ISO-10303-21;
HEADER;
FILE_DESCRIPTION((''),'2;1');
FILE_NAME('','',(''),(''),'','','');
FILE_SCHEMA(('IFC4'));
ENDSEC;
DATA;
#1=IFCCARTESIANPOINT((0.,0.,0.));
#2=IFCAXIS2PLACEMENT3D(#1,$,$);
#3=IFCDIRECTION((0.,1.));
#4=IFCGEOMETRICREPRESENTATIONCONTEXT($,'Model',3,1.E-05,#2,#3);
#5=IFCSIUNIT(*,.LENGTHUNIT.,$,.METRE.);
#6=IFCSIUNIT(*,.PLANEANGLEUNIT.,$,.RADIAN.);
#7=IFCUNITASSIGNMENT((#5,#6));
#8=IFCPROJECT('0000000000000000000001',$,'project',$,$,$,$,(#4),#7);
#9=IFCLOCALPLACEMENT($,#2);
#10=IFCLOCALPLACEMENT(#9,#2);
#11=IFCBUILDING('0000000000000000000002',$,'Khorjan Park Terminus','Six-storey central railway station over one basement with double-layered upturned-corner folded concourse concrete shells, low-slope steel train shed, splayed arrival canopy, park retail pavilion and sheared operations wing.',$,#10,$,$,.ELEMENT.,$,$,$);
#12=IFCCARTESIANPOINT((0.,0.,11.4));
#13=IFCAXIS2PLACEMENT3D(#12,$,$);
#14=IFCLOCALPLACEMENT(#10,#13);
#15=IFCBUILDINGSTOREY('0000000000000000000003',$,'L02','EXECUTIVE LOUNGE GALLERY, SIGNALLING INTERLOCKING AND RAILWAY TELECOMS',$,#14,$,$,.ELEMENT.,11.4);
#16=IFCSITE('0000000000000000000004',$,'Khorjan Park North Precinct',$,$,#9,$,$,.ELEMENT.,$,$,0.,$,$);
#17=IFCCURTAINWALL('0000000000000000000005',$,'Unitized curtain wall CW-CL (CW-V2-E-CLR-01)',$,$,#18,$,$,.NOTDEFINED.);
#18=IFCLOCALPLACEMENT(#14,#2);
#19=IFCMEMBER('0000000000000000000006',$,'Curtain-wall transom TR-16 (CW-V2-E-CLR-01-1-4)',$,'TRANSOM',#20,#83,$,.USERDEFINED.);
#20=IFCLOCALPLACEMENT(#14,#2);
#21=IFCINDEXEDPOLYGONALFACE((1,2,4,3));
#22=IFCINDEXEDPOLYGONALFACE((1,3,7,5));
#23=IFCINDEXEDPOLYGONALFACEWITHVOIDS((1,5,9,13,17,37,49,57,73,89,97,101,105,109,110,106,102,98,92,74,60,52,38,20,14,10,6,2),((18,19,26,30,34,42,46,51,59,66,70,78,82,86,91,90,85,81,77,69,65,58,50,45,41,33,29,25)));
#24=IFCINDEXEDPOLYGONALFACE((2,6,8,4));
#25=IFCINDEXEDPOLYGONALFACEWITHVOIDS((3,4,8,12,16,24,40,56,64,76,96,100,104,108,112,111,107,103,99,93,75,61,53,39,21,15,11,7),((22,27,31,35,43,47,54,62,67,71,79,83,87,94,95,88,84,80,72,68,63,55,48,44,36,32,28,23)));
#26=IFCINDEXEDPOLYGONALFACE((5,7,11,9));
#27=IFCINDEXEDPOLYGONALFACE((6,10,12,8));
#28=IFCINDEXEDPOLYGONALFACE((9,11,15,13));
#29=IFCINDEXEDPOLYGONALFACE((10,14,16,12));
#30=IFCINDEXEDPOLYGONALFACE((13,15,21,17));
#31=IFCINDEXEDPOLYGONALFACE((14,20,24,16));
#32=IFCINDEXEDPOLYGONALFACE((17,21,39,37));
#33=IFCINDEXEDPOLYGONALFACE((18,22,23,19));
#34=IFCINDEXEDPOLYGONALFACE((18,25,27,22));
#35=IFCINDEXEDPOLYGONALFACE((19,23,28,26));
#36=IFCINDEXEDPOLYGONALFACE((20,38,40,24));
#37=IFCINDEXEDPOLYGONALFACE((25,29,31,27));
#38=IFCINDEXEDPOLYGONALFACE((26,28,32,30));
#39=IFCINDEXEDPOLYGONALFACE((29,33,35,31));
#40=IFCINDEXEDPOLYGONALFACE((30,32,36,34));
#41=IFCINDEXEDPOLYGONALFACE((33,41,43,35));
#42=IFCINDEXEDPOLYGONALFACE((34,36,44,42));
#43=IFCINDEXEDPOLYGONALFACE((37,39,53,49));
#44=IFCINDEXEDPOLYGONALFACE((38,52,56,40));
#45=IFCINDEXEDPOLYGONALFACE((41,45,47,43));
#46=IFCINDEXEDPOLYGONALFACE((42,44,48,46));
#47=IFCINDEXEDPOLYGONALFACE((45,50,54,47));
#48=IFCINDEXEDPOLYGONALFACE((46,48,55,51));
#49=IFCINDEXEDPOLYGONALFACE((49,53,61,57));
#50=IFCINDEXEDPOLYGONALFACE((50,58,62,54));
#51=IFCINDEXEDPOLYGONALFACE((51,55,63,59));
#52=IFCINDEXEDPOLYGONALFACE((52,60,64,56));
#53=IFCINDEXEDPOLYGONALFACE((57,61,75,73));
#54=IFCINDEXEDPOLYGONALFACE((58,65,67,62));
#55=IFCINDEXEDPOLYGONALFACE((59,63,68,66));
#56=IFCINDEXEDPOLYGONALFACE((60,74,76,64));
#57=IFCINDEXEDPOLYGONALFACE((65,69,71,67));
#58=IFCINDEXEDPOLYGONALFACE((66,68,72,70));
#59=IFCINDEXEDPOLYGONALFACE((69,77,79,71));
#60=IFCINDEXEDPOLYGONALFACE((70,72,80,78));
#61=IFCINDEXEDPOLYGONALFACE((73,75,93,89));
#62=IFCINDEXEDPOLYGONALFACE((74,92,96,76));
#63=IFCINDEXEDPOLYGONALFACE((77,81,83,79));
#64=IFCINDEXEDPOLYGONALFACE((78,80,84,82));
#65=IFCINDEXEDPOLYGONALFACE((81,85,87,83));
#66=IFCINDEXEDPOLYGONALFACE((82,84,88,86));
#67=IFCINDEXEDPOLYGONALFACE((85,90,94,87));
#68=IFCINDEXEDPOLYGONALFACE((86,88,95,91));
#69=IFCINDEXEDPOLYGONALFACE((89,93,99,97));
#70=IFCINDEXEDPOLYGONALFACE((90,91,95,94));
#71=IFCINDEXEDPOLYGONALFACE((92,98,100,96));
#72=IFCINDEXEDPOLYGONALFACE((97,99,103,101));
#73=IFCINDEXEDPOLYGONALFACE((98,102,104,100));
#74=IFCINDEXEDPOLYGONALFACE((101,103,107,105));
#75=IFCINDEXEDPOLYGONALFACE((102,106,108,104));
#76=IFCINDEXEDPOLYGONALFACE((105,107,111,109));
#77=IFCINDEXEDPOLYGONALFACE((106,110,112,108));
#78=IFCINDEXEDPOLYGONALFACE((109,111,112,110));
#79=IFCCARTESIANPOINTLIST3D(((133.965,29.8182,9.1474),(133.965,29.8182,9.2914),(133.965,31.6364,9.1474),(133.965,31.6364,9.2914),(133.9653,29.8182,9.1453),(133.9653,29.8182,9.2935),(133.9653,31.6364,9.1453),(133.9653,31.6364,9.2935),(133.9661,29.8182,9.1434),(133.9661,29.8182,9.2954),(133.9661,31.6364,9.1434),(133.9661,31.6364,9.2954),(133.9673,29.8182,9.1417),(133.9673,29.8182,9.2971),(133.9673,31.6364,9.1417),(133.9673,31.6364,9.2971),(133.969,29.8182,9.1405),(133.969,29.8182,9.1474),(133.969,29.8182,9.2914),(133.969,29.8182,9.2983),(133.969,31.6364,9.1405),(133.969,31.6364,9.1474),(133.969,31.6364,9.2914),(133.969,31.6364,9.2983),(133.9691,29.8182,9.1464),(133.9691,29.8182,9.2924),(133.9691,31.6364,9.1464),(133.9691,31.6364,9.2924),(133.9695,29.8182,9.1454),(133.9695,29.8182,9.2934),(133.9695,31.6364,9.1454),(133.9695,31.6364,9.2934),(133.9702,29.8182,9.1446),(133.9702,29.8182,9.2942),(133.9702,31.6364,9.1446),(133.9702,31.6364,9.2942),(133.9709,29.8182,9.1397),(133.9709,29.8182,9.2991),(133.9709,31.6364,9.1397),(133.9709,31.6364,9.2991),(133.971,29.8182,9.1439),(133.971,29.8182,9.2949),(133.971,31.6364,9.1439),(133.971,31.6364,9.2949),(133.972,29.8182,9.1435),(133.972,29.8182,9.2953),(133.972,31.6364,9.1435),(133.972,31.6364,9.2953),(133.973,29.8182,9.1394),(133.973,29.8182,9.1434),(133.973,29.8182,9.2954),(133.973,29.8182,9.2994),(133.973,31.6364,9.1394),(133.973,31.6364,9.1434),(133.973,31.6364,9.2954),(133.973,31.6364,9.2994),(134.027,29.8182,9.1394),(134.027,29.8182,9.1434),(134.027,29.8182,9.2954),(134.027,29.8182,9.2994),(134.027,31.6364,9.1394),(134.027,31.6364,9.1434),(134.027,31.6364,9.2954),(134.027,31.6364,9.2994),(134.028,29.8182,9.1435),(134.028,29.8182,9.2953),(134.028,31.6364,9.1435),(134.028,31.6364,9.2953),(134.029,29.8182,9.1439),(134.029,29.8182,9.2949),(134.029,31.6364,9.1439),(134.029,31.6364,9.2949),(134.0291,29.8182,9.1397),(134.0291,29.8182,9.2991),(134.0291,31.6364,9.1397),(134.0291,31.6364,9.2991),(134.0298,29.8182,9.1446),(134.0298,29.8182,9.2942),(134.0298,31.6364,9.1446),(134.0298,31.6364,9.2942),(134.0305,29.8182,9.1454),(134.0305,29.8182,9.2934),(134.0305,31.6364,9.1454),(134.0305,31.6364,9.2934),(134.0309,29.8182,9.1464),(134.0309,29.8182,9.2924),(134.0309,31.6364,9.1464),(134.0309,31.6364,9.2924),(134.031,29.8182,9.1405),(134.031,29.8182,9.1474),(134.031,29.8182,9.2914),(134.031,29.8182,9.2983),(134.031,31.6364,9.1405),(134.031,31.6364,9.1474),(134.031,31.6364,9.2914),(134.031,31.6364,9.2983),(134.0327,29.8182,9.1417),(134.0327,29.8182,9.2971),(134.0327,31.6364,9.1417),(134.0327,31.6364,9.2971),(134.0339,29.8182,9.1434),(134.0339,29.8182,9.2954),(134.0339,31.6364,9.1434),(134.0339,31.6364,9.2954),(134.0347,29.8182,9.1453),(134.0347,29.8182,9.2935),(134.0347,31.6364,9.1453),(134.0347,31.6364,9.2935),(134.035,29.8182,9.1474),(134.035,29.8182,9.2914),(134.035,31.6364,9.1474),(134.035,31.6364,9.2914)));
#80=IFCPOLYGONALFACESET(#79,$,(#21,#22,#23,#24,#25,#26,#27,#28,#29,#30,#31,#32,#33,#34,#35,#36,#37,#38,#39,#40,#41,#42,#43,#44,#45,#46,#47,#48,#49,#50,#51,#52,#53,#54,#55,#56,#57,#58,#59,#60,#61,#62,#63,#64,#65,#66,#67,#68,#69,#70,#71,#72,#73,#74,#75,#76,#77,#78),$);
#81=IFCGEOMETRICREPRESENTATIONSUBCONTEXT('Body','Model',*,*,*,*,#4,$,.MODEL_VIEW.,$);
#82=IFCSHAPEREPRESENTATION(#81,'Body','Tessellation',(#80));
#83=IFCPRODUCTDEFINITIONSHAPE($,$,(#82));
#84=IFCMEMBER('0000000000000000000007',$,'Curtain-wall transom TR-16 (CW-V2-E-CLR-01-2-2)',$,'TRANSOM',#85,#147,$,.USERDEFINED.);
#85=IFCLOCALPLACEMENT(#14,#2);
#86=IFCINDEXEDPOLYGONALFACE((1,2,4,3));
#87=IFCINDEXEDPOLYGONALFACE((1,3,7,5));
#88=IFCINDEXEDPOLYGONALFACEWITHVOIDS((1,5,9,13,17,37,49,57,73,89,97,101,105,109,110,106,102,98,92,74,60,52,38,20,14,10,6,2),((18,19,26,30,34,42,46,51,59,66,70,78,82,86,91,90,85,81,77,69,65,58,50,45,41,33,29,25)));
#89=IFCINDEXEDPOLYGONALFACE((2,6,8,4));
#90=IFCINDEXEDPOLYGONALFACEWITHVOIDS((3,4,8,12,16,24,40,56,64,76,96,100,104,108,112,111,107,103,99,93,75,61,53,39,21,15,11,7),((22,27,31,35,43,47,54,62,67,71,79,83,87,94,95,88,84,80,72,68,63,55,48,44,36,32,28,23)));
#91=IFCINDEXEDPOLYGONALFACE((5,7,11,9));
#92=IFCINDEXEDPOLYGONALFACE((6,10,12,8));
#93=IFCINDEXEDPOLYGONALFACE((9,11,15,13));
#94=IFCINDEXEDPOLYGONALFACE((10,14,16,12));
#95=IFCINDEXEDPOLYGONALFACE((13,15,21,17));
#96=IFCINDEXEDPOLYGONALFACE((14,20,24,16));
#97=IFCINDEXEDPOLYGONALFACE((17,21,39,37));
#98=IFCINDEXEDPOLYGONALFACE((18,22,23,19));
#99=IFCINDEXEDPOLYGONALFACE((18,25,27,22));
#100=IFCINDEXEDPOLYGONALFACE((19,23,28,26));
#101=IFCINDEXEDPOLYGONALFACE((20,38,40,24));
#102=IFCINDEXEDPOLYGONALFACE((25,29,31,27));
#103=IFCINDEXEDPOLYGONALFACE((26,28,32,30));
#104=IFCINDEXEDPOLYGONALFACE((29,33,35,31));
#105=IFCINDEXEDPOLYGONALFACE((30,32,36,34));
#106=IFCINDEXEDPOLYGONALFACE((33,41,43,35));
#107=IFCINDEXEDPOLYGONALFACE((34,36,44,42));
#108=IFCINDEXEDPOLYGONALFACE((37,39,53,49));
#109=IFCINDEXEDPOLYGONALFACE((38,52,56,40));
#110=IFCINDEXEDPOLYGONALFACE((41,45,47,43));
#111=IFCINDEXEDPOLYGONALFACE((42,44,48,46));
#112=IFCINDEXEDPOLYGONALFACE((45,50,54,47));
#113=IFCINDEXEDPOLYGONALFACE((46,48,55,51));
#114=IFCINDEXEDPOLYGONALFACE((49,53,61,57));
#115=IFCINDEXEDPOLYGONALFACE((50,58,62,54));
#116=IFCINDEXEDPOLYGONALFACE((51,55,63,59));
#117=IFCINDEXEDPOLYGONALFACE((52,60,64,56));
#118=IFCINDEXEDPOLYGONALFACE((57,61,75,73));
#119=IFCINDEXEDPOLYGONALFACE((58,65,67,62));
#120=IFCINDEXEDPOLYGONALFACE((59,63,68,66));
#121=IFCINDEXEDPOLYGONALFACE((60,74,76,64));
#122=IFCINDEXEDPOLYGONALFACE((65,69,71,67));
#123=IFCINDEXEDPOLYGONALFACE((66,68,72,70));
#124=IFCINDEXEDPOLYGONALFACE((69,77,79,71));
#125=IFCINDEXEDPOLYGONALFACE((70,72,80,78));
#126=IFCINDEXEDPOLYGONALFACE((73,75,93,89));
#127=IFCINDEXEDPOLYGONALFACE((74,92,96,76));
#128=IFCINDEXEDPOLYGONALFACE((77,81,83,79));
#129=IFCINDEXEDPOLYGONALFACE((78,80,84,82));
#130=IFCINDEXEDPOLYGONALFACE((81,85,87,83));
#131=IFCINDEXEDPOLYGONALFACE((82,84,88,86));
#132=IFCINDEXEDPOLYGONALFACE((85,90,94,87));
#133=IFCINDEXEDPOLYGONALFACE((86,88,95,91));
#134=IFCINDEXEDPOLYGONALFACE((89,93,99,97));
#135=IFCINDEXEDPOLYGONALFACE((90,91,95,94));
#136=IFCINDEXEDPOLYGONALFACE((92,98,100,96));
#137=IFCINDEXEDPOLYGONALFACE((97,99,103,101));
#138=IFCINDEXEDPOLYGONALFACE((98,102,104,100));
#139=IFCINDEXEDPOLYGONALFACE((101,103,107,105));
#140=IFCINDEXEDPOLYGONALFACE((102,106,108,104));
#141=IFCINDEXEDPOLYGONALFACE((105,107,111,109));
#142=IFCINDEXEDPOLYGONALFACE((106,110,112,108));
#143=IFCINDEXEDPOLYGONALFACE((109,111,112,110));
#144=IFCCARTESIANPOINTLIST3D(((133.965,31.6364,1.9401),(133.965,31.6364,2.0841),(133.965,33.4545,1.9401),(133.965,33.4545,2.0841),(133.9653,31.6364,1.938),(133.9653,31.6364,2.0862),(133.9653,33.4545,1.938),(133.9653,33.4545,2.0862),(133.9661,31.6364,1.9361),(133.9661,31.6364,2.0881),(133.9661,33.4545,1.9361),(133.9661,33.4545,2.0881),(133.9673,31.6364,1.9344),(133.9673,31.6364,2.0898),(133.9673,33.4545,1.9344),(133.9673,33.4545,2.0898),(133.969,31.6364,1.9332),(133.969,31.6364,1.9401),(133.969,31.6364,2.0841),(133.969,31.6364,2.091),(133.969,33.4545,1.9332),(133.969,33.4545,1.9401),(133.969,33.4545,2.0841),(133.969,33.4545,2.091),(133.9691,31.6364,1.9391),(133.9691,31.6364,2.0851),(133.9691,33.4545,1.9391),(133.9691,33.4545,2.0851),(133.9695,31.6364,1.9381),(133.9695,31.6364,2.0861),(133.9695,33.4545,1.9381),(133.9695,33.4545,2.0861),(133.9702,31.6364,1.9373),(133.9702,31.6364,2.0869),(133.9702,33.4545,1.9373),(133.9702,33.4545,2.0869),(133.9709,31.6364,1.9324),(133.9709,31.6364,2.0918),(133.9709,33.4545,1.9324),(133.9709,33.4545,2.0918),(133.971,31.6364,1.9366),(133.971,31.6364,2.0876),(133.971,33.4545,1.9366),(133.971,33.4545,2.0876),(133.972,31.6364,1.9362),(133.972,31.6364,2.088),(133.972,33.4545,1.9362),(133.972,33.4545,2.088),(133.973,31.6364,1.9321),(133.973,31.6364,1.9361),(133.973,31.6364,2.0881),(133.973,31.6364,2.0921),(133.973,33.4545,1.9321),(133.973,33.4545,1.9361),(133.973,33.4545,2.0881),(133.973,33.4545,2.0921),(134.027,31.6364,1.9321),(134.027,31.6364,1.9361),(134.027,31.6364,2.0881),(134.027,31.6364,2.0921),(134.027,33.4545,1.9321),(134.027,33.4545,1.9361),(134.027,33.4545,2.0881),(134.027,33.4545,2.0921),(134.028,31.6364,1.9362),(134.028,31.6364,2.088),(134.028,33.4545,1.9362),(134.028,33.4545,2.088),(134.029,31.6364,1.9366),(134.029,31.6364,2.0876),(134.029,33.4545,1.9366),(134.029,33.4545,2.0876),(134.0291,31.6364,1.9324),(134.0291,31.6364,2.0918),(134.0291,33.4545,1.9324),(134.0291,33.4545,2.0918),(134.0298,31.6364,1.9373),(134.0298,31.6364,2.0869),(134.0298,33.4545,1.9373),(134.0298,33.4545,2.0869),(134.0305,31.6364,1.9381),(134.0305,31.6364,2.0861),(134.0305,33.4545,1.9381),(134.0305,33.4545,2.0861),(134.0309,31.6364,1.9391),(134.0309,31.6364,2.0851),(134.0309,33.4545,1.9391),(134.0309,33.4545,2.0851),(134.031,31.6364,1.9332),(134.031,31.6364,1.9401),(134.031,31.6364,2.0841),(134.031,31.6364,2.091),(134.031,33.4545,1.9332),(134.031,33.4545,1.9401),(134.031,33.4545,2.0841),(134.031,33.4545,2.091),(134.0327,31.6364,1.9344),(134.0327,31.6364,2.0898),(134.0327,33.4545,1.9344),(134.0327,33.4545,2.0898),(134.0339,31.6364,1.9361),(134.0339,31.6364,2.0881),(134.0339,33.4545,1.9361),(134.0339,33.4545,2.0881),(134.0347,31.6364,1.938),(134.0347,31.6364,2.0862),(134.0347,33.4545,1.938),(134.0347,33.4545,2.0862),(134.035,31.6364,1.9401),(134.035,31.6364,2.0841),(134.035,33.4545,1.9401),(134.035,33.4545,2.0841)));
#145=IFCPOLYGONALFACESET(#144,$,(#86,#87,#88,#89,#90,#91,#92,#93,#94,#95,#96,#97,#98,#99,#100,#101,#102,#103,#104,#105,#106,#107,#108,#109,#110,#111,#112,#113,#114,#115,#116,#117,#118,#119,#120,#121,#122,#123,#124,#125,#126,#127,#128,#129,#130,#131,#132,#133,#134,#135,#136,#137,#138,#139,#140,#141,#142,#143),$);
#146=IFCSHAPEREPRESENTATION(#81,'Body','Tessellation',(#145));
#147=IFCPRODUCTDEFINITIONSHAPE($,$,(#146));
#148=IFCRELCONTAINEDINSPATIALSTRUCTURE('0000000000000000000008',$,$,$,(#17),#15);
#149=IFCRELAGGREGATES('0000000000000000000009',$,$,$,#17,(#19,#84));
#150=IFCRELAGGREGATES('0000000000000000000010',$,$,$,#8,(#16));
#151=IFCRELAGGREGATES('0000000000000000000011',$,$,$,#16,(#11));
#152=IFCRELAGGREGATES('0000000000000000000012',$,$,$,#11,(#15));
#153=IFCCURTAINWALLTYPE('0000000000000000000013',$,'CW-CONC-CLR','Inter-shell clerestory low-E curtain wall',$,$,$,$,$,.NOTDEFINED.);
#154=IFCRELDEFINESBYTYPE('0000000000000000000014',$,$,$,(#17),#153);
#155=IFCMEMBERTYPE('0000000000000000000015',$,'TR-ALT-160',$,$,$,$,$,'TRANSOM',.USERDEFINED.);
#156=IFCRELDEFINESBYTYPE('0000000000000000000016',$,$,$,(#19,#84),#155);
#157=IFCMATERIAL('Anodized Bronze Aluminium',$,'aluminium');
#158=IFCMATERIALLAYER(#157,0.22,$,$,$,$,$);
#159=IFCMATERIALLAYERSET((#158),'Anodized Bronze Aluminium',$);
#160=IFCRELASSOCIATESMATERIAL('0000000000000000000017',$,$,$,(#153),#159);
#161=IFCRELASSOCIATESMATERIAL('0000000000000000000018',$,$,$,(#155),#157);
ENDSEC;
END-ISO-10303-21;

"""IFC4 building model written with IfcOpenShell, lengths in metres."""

from ifc_helpers import new_model, si_unit, direction, frame, origin, origin_2d, place, context, subcontext, project, spatial, hollow_rectangle, extrude, material, layer, layer_set, material_profile, profile_set, type_object, element, aggregate, save


model = new_model("IFC4")

# Units and contexts
model_context = context("Model", 3, precision=1e-05, world=origin(), true_north=direction((0.0, 1.0)))
body_context = subcontext(model_context, "Body", "Model", "MODEL_VIEW")
ifc_project = project(units=[si_unit("LENGTHUNIT", "METRE"), si_unit("PLANEANGLEUNIT", "RADIAN")], contexts=[model_context])

# Site, building, storey
site_placement = place(None, origin())
site = spatial("IfcSite", under=ifc_project, at=site_placement, Name="Khorjan Park North Precinct", CompositionType="ELEMENT", RefElevation=0.0)
building_placement = place(site_placement, origin())
building = spatial("IfcBuilding", under=site, at=building_placement, Name="Khorjan Park Terminus", Description="Six-storey central railway station over one basement with double-layered upturned-corner folded concourse concrete shells, low-slope steel train shed, splayed arrival canopy, park retail pavilion and sheared operations wing.", CompositionType="ELEMENT")
storey_placement = place(building_placement, frame((0.0, 0.0, 11.4)))
storey = spatial("IfcBuildingStorey", under=building, at=storey_placement, Name="L02", Description="EXECUTIVE LOUNGE GALLERY, SIGNALLING INTERLOCKING AND RAILWAY TELECOMS", CompositionType="ELEMENT", Elevation=11.4)

# Curtain wall, members
ifc_material_1 = material(Name="Anodized Bronze Aluminium", Category="aluminium")
ifc_layer_1 = layer(ifc_material_1, 0.22)
ifc_layer_set_1 = layer_set([ifc_layer_1], Name="Anodized Bronze Aluminium")
curtain_wall_type = type_object("IfcCurtainWallType", Name="CW-CONC-CLR", Description="Inter-shell clerestory low-E curtain wall", PredefinedType="NOTDEFINED", material=ifc_layer_set_1)
curtain_wall_placement = place(storey_placement, origin())
curtain_wall = element("IfcCurtainWall", 1, at=curtain_wall_placement, inside=storey, type_object=curtain_wall_type, Name="Unitized curtain wall CW-CL (CW-V2-E-CLR-01)", PredefinedType="NOTDEFINED")
ifc_material_profile_1 = material_profile(ifc_material_1, hollow_rectangle(XDim=0.07, YDim=0.16, WallThickness=0.004, InnerFilletRadius=0.004, OuterFilletRadius=0.008, at=origin_2d()), Name="ALT 70x160x4")
ifc_profile_set_1 = profile_set([ifc_material_profile_1], Name="Anodized Bronze Aluminium")
member_type_1 = type_object("IfcMemberType", Name="TR-ALT-160", ElementType="TRANSOM", PredefinedType="USERDEFINED", material=ifc_profile_set_1)
member_1_placement = place(storey_placement, frame((134.0, 29.8182, 9.2194), z_axis=(0.0, 1.0, 0.0), x_axis=(-1.0, 0.0, 0.0)))
member_1 = element("IfcMember", 2, at=member_1_placement, type_object=member_type_1, Name="Curtain-wall transom TR-16 (CW-V2-E-CLR-01-1-4)", ObjectType="TRANSOM", PredefinedType="USERDEFINED", context=body_context, shape_type="SweptSolid", body=[
    extrude(hollow_rectangle(XDim=0.07, YDim=0.16, WallThickness=0.004, InnerFilletRadius=0.004, OuterFilletRadius=0.008, at=origin_2d()), origin(), (0.0, 0.0, 1.0), 1.8182),
])
member_2_placement = place(storey_placement, frame((134.0, 31.6364, 2.0121), z_axis=(0.0, 1.0, 0.0), x_axis=(-1.0, 0.0, 0.0)))
member_2 = element("IfcMember", 3, at=member_2_placement, type_object=member_type_1, Name="Curtain-wall transom TR-16 (CW-V2-E-CLR-01-2-2)", ObjectType="TRANSOM", PredefinedType="USERDEFINED", context=body_context, shape_type="SweptSolid", body=[
    extrude(hollow_rectangle(XDim=0.07, YDim=0.16, WallThickness=0.004, InnerFilletRadius=0.004, OuterFilletRadius=0.008, at=origin_2d()), origin(), (0.0, 0.0, 1.0), 1.8181),
])
aggregate(curtain_wall, [member_1, member_2])

save(model, "model.ifc")
